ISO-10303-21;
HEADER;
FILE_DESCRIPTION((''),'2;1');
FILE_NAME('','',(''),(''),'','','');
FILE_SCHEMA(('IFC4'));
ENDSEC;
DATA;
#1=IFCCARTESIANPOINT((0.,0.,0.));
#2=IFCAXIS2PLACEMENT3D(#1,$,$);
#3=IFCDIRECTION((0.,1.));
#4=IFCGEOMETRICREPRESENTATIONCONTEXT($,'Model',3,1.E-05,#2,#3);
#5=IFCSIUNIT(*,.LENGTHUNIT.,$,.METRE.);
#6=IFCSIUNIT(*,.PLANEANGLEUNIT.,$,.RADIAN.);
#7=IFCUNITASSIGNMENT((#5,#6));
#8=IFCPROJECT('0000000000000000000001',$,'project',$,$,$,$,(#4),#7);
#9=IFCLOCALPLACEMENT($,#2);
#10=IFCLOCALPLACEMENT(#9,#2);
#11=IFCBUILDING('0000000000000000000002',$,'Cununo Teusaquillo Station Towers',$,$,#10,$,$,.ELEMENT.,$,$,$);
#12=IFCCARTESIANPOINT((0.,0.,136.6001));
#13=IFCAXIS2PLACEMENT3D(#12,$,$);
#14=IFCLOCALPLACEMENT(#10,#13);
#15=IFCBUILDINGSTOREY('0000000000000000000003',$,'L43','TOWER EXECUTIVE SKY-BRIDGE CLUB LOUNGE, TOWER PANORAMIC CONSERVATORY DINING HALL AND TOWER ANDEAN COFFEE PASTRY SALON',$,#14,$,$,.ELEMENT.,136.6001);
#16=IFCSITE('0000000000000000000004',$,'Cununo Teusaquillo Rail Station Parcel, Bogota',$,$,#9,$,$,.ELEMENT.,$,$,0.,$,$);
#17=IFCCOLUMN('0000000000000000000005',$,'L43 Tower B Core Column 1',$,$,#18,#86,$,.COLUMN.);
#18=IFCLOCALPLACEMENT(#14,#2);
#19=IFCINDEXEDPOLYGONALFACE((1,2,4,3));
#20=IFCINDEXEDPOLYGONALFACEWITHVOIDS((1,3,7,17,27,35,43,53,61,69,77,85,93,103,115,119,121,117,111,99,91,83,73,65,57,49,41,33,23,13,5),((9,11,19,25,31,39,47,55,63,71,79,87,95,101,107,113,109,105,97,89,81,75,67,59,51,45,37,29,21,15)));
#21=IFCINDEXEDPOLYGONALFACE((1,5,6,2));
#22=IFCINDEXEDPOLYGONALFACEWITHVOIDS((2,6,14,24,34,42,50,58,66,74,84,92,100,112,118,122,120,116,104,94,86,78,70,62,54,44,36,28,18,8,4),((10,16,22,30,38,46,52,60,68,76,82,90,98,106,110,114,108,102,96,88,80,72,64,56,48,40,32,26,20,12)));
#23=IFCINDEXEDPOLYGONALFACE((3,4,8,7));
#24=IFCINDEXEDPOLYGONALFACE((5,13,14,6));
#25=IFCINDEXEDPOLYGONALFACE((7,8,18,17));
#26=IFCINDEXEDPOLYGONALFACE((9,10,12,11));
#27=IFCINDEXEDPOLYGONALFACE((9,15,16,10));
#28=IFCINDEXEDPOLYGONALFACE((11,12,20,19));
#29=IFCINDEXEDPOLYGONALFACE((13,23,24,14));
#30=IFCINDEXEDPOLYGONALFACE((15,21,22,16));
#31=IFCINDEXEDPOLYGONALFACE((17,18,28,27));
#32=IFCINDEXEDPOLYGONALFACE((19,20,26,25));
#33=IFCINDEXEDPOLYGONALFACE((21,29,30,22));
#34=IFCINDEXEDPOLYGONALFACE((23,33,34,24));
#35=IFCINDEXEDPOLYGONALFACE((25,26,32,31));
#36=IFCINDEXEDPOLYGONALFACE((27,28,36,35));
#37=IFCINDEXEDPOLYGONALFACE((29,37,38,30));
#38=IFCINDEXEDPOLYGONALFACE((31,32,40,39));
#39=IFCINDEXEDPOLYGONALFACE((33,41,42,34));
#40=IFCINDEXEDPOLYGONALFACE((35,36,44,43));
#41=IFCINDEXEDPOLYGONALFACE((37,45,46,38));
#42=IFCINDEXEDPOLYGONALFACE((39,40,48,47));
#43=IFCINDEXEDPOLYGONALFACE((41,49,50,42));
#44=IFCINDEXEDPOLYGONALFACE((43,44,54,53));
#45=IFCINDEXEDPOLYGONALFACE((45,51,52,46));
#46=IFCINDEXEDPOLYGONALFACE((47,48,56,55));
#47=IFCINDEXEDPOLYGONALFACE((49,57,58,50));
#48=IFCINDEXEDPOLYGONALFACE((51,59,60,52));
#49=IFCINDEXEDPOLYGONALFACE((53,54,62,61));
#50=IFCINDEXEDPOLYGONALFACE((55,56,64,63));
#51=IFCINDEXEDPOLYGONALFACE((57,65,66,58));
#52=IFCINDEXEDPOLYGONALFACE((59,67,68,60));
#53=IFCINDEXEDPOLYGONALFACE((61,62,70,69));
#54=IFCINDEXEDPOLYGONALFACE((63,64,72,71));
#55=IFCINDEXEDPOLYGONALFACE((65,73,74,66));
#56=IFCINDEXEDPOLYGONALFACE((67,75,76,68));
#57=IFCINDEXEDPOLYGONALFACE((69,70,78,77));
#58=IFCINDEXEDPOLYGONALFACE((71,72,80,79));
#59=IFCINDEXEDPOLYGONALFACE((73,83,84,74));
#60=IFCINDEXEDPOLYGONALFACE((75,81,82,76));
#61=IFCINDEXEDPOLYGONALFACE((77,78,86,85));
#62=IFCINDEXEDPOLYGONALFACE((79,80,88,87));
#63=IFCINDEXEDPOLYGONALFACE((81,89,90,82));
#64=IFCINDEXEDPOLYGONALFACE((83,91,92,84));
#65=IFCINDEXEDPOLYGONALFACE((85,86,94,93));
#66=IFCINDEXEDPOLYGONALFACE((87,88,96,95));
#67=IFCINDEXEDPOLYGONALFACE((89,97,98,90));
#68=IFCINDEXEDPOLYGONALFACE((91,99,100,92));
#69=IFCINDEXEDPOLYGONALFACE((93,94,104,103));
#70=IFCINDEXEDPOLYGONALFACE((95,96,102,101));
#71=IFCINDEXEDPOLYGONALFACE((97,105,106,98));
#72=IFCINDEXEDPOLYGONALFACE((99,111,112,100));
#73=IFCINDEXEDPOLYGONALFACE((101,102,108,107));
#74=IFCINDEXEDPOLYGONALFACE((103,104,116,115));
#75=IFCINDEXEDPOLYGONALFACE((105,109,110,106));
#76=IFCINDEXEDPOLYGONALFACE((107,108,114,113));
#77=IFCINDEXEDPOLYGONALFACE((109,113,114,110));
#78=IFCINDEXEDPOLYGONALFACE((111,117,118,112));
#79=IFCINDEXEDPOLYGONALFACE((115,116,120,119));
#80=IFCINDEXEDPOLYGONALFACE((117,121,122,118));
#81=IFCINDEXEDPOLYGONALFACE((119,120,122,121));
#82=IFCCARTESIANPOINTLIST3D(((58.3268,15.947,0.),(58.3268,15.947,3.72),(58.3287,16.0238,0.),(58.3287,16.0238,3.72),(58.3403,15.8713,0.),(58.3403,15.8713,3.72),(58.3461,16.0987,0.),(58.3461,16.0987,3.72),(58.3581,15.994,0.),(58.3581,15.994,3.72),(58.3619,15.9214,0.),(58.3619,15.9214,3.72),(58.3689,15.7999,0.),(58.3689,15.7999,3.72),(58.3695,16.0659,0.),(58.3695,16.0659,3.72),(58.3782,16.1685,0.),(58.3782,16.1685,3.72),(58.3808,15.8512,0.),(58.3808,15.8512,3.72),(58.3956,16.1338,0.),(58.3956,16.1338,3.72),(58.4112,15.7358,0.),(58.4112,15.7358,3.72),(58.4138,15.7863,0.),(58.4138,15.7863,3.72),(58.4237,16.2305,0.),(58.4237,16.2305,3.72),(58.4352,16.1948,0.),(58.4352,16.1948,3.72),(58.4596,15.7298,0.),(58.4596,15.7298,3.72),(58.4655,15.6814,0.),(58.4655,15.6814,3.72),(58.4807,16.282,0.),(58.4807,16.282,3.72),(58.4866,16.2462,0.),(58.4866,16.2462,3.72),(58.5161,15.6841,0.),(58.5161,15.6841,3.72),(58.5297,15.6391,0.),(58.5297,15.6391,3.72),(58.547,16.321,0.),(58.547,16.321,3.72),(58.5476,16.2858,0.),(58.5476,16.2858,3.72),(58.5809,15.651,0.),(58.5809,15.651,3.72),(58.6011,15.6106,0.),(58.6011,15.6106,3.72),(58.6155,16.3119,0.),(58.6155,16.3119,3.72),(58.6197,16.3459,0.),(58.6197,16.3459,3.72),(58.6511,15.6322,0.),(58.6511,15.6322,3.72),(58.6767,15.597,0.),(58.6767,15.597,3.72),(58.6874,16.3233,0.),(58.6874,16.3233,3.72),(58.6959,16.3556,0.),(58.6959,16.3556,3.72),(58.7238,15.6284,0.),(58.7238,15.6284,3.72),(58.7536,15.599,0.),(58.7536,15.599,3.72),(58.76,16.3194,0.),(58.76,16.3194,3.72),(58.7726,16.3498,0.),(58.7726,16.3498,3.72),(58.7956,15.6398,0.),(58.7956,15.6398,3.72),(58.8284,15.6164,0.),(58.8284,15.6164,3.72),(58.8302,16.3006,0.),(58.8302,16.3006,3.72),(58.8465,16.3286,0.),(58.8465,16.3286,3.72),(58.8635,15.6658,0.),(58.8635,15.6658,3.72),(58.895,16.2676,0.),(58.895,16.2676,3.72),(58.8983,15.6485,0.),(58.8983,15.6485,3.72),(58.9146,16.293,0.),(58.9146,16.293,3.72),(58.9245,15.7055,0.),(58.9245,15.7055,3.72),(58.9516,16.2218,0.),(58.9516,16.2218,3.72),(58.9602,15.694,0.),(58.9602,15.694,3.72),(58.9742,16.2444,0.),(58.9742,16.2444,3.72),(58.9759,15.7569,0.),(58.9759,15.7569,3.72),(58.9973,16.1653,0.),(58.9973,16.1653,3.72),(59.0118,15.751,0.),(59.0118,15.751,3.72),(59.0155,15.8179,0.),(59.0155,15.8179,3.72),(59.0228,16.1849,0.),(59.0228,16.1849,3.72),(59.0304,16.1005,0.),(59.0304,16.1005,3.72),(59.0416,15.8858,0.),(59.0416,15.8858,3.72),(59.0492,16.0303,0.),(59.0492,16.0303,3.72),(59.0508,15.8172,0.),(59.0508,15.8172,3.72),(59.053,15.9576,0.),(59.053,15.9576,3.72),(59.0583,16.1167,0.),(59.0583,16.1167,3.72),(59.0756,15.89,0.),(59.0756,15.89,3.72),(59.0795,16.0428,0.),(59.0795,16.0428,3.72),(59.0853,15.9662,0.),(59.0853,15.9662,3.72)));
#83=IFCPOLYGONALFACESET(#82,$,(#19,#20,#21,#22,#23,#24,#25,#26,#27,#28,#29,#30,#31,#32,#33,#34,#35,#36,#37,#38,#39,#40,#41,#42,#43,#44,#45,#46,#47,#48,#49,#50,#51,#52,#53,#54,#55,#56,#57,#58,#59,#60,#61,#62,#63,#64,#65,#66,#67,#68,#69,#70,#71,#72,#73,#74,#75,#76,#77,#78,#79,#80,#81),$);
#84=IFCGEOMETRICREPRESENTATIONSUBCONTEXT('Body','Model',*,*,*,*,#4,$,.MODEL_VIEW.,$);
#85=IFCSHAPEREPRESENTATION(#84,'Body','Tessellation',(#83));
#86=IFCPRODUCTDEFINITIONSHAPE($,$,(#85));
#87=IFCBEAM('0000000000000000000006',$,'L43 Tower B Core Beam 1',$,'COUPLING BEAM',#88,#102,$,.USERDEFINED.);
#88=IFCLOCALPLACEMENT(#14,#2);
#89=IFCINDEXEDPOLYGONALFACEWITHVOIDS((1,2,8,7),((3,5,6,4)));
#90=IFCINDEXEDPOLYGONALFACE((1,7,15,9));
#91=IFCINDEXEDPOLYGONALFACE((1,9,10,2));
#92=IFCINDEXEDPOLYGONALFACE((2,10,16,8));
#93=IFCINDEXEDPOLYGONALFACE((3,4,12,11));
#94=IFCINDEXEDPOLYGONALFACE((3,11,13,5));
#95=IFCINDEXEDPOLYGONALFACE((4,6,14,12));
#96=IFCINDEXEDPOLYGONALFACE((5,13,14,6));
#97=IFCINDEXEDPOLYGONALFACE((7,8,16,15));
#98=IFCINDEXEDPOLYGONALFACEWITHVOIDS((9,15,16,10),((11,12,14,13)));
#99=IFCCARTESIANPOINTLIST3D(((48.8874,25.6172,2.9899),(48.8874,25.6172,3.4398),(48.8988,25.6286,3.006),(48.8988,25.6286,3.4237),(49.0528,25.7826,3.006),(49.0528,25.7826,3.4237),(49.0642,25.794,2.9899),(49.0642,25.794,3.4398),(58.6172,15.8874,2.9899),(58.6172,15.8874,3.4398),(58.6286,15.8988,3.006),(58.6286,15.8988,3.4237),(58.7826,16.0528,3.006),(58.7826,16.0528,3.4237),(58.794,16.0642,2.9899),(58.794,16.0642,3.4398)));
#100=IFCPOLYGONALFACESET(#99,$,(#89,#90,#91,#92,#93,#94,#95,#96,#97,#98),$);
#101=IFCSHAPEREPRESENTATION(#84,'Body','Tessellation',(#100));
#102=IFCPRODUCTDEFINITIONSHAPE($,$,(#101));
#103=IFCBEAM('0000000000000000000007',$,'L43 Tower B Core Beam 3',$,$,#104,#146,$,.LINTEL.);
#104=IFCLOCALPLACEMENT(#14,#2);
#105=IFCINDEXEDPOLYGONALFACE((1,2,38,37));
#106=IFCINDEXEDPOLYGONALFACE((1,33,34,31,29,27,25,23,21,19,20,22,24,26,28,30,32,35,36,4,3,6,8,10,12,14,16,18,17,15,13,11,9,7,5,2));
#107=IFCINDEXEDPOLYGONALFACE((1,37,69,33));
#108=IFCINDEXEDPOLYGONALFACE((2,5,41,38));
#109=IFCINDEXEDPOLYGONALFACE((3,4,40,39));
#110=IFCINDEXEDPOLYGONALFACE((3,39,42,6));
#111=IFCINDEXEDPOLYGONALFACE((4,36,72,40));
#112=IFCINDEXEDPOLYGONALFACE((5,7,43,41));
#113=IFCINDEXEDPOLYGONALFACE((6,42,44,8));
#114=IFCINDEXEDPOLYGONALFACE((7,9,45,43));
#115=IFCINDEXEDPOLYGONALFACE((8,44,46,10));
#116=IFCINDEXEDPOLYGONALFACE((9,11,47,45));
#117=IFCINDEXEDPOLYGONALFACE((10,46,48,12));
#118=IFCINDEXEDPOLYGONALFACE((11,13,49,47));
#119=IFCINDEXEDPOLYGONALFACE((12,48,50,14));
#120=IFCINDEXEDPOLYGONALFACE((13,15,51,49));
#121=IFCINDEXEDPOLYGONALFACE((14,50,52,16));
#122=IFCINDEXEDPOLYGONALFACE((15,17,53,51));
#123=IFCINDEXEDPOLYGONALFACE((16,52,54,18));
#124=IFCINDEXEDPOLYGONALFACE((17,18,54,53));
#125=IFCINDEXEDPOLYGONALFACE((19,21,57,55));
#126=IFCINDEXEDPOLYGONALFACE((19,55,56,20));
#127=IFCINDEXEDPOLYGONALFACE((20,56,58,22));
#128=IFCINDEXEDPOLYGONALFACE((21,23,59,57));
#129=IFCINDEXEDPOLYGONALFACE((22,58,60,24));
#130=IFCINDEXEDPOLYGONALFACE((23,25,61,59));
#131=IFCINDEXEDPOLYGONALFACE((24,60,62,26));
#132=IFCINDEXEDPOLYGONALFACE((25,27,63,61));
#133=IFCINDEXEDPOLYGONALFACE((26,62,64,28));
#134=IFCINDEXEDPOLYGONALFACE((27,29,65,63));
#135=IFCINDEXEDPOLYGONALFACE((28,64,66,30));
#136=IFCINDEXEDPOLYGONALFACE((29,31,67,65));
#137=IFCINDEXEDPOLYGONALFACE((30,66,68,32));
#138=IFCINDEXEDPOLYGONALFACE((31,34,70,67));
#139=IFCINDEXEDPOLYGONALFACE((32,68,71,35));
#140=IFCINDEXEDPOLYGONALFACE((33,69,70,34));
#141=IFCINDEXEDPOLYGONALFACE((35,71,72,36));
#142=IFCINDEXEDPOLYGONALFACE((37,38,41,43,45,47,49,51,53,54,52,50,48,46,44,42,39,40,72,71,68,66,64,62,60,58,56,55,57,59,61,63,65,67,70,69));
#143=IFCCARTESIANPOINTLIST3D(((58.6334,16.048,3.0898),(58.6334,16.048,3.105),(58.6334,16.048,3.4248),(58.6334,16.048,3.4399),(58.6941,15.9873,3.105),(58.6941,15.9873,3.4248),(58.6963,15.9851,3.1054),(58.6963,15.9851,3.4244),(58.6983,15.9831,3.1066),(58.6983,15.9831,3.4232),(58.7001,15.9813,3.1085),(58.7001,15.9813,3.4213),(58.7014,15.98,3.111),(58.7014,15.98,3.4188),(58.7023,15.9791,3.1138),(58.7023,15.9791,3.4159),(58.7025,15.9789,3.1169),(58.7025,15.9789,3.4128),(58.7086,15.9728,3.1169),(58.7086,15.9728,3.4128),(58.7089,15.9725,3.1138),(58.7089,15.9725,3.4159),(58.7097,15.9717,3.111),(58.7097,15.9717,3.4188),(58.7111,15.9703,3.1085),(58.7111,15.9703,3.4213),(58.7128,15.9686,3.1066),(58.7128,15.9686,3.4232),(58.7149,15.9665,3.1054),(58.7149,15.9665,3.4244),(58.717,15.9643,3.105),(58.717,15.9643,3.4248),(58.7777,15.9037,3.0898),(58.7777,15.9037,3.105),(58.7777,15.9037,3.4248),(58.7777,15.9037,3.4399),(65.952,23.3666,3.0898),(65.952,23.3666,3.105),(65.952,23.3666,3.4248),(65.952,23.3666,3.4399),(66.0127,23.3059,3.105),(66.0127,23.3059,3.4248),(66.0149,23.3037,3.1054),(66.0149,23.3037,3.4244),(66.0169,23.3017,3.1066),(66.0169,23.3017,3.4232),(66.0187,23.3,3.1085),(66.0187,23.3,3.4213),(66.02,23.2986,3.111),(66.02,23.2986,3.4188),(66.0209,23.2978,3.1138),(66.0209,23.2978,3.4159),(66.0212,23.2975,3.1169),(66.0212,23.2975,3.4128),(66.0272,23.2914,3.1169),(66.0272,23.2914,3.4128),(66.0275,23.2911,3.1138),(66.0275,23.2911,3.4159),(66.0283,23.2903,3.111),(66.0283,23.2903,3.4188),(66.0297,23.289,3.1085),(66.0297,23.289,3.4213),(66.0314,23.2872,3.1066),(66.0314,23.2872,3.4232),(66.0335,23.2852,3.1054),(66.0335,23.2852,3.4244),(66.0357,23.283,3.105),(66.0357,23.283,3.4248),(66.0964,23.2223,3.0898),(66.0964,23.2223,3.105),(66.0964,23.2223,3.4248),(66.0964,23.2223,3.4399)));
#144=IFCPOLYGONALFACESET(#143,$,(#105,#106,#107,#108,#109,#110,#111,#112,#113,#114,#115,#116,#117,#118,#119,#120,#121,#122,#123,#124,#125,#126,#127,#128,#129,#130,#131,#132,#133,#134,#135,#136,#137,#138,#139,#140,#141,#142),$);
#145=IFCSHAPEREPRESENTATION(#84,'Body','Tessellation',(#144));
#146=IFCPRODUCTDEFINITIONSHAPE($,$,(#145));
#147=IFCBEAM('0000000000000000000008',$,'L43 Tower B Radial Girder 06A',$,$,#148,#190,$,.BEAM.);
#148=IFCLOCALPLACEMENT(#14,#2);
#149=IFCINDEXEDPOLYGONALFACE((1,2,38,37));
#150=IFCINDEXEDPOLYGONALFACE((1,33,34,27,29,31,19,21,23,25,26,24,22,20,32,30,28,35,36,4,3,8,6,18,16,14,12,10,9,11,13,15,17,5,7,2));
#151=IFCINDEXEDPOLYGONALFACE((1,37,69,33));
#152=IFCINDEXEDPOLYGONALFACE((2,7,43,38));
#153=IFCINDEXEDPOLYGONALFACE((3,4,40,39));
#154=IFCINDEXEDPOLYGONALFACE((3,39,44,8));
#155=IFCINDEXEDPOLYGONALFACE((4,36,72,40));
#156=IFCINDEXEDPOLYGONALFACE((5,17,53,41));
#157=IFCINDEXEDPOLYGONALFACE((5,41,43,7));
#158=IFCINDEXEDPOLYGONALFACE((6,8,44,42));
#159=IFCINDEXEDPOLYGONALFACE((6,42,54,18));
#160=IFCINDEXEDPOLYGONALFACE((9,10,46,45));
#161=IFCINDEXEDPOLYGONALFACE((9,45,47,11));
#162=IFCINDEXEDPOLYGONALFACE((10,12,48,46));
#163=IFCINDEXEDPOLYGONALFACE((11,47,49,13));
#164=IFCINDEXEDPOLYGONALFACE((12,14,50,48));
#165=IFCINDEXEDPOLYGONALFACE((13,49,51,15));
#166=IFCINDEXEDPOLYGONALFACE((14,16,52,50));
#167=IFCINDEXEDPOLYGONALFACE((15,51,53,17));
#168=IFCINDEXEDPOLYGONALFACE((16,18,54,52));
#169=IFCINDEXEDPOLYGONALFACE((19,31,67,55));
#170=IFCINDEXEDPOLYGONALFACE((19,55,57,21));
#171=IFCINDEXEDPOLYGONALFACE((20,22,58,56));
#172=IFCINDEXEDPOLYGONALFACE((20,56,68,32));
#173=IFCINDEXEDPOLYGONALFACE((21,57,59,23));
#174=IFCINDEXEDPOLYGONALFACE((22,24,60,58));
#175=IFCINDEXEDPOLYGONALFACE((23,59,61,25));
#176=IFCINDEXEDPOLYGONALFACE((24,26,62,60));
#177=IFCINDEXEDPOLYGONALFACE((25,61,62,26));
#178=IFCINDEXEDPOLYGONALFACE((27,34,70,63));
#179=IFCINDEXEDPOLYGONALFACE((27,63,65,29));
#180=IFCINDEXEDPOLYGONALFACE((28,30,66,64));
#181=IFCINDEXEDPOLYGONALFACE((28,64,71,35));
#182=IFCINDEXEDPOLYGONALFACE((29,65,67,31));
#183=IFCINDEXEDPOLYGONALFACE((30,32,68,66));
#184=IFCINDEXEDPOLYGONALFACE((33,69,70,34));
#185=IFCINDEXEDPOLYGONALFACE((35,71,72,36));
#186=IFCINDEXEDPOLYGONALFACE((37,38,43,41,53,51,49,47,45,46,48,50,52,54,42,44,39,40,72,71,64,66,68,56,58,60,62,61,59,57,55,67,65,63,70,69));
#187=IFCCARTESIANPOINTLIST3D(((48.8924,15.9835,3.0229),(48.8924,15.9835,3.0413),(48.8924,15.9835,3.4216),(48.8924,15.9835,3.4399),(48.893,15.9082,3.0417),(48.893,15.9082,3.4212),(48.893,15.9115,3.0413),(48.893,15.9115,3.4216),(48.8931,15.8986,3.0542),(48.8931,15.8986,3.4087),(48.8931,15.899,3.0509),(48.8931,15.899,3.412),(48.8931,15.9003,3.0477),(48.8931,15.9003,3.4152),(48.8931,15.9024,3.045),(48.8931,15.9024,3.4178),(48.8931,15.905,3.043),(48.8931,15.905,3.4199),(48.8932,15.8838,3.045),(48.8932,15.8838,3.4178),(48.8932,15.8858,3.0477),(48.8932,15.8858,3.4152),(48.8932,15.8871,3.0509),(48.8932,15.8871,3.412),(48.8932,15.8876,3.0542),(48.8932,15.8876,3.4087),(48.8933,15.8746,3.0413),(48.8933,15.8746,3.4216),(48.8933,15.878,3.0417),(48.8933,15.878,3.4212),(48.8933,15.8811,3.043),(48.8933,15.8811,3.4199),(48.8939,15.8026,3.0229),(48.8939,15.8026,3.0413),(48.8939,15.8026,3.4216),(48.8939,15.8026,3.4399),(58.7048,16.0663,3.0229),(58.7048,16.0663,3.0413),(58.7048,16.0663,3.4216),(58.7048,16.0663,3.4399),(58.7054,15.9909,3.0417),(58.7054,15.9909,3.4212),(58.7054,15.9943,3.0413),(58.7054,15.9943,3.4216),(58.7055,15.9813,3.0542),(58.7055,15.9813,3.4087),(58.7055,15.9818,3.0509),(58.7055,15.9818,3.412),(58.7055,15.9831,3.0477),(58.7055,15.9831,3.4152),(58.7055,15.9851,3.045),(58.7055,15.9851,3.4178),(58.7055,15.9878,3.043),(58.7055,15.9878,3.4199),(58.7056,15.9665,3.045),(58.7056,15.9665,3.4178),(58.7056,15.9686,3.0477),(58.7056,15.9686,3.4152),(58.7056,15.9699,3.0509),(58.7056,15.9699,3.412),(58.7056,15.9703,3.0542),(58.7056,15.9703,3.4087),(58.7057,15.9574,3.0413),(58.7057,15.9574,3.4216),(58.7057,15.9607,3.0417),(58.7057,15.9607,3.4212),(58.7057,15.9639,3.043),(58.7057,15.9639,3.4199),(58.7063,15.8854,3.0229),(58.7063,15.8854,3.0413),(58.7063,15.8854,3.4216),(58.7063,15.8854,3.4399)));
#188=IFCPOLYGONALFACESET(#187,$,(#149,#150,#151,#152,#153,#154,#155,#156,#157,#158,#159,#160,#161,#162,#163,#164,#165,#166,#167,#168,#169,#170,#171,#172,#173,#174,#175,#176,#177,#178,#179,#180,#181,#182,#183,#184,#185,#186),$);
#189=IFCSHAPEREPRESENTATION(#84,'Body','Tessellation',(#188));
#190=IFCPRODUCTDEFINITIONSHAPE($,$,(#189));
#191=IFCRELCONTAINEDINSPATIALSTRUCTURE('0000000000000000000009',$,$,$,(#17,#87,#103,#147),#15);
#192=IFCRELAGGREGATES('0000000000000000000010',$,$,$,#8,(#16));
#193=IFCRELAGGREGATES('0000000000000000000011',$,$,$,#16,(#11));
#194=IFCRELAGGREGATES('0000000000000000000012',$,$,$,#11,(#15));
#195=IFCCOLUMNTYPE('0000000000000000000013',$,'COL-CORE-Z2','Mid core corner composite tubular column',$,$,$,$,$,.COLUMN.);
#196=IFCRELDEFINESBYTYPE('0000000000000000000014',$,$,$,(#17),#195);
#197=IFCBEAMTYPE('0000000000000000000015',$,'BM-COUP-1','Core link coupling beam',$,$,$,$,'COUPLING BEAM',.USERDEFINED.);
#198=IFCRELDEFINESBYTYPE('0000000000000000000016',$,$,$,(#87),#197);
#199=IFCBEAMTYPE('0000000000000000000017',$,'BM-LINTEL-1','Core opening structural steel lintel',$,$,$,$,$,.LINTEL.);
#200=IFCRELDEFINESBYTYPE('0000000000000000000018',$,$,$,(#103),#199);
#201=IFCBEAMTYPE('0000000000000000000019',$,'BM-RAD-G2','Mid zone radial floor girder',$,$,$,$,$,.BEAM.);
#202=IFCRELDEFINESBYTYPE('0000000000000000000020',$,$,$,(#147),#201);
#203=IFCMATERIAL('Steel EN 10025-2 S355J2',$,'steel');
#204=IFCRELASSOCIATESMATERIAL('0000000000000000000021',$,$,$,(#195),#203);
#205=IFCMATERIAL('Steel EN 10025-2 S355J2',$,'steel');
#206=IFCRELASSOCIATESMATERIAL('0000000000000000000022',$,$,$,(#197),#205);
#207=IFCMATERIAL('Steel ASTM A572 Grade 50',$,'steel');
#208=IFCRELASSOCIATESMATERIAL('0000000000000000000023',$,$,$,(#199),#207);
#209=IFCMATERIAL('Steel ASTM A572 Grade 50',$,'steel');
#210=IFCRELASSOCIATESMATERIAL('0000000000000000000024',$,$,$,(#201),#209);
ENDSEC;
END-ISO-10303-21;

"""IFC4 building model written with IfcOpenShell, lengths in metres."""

from ifc_helpers import new_model, si_unit, direction, frame, origin, origin_2d, place, context, subcontext, project, spatial, hollow_rectangle, hollow_circle, i_section, extrude, material, material_profile, profile_set, type_object, element, save


model = new_model("IFC4")

# Units and contexts
model_context = context("Model", 3, precision=1e-05, world=origin(), true_north=direction((0.0, 1.0)))
body_context = subcontext(model_context, "Body", "Model", "MODEL_VIEW")
ifc_project = project(units=[si_unit("LENGTHUNIT", "METRE"), si_unit("PLANEANGLEUNIT", "RADIAN")], contexts=[model_context])

# Site, building, storey
site_placement = place(None, origin())
site = spatial("IfcSite", under=ifc_project, at=site_placement, Name="Cununo Teusaquillo Rail Station Parcel, Bogota", CompositionType="ELEMENT", RefElevation=0.0)
building_placement = place(site_placement, origin())
building = spatial("IfcBuilding", under=site, at=building_placement, Name="Cununo Teusaquillo Station Towers", CompositionType="ELEMENT")
storey_placement = place(building_placement, frame((0.0, 0.0, 136.6001)))
storey = spatial("IfcBuildingStorey", under=building, at=storey_placement, Name="L43", Description="TOWER EXECUTIVE SKY-BRIDGE CLUB LOUNGE, TOWER PANORAMIC CONSERVATORY DINING HALL AND TOWER ANDEAN COFFEE PASTRY SALON", CompositionType="ELEMENT", Elevation=136.6001)

# Column
ifc_material_1 = material(Name="Steel EN 10025-2 S355J2", Category="steel")
ifc_material_profile_1 = material_profile(ifc_material_1, hollow_circle(Radius=0.3799, WallThickness=0.032, at=origin_2d()), Name="CHS 760x32")
ifc_profile_set_1 = profile_set([ifc_material_profile_1], Name="Steel EN 10025-2 S355J2")
column_type = type_object("IfcColumnType", Name="COL-CORE-Z2", Description="Mid core corner composite tubular column", PredefinedType="COLUMN", material=ifc_profile_set_1)
column_placement = place(storey_placement, frame((58.7056, 15.9758, 0.0), z_axis=(0.0, 0.0, 1.0), x_axis=(0.707107, 0.707107, 0.0)))
element("IfcColumn", 1, at=column_placement, inside=storey, type_object=column_type, Name="L43 Tower B Core Column 1", PredefinedType="COLUMN", context=body_context, shape_type="SweptSolid", body=[
    extrude(hollow_circle(Radius=0.3799, WallThickness=0.032, at=origin_2d()), origin(), (0.0, 0.0, 1.0), 3.72),
])

# Beams
ifc_material_2 = material(Name="Steel EN 10025-2 S355J2", Category="steel")
ifc_material_profile_2 = material_profile(ifc_material_2, hollow_rectangle(XDim=0.25, YDim=0.45, WallThickness=0.0161, at=origin_2d()), Name="RHS 450x250x16")
ifc_profile_set_2 = profile_set([ifc_material_profile_2], Name="Steel EN 10025-2 S355J2")
beam_type_1 = type_object("IfcBeamType", Name="BM-COUP-1", Description="Core link coupling beam", ElementType="COUPLING BEAM", PredefinedType="USERDEFINED", material=ifc_profile_set_2)
beam_1_placement = place(storey_placement, frame((58.7056, 15.9758, 3.2148), z_axis=(-0.707107, 0.707107, 0.0), x_axis=(-0.707107, -0.707107, 0.0)))
element("IfcBeam", 2, at=beam_1_placement, inside=storey, type_object=beam_type_1, Name="L43 Tower B Core Beam 1", ObjectType="COUPLING BEAM", PredefinedType="USERDEFINED", context=body_context, shape_type="SweptSolid", body=[
    extrude(hollow_rectangle(XDim=0.25, YDim=0.45, WallThickness=0.0161, at=origin_2d()), origin(), (0.0, 0.0, 1.0), 13.76),
])
ifc_material_3 = material(Name="Steel ASTM A572 Grade 50", Category="steel")
ifc_material_profile_3 = material_profile(ifc_material_3, i_section(OverallWidth=0.2041, OverallDepth=0.3501, WebThickness=0.0085, FlangeThickness=0.0151, FilletRadius=0.012, at=origin_2d()), Name="W14X48")
ifc_profile_set_3 = profile_set([ifc_material_profile_3], Name="Steel ASTM A572 Grade 50")
beam_type_2 = type_object("IfcBeamType", Name="BM-LINTEL-1", Description="Core opening structural steel lintel", PredefinedType="LINTEL", material=ifc_profile_set_3)
beam_2_placement = place(storey_placement, frame((58.7056, 15.9758, 3.2649), z_axis=(0.707107, 0.707107, 0.0), x_axis=(-0.707107, 0.707107, 0.0)))
element("IfcBeam", 3, at=beam_2_placement, inside=storey, type_object=beam_type_2, Name="L43 Tower B Core Beam 3", PredefinedType="LINTEL", context=body_context, shape_type="SweptSolid", body=[
    extrude(i_section(OverallWidth=0.2041, OverallDepth=0.3501, WebThickness=0.0085, FlangeThickness=0.0151, FilletRadius=0.012, at=origin_2d()), origin(), (0.0, 0.0, 1.0), 10.3501),
])
ifc_material_4 = material(Name="Steel ASTM A572 Grade 50", Category="steel")
ifc_material_profile_4 = material_profile(ifc_material_4, i_section(OverallWidth=0.1809, OverallDepth=0.417, WebThickness=0.011, FlangeThickness=0.0183, FilletRadius=0.0129, at=origin_2d()), Name="W16X57")
ifc_profile_set_4 = profile_set([ifc_material_profile_4], Name="Steel ASTM A572 Grade 50")
beam_type_3 = type_object("IfcBeamType", Name="BM-RAD-G2", Description="Mid zone radial floor girder", PredefinedType="BEAM", material=ifc_profile_set_4)
beam_3_placement = place(storey_placement, frame((58.7056, 15.9758, 3.2314), z_axis=(-0.999964, -0.008434, 0.0), x_axis=(0.008434, -0.999964, 0.0)))
element("IfcBeam", 4, at=beam_3_placement, inside=storey, type_object=beam_type_3, Name="L43 Tower B Radial Girder 06A", PredefinedType="BEAM", context=body_context, shape_type="SweptSolid", body=[
    extrude(i_section(OverallWidth=0.1809, OverallDepth=0.417, WebThickness=0.011, FlangeThickness=0.0183, FilletRadius=0.0129, at=origin_2d()), origin(), (0.0, 0.0, 1.0), 9.8127),
])

save(model, "model.ifc")
